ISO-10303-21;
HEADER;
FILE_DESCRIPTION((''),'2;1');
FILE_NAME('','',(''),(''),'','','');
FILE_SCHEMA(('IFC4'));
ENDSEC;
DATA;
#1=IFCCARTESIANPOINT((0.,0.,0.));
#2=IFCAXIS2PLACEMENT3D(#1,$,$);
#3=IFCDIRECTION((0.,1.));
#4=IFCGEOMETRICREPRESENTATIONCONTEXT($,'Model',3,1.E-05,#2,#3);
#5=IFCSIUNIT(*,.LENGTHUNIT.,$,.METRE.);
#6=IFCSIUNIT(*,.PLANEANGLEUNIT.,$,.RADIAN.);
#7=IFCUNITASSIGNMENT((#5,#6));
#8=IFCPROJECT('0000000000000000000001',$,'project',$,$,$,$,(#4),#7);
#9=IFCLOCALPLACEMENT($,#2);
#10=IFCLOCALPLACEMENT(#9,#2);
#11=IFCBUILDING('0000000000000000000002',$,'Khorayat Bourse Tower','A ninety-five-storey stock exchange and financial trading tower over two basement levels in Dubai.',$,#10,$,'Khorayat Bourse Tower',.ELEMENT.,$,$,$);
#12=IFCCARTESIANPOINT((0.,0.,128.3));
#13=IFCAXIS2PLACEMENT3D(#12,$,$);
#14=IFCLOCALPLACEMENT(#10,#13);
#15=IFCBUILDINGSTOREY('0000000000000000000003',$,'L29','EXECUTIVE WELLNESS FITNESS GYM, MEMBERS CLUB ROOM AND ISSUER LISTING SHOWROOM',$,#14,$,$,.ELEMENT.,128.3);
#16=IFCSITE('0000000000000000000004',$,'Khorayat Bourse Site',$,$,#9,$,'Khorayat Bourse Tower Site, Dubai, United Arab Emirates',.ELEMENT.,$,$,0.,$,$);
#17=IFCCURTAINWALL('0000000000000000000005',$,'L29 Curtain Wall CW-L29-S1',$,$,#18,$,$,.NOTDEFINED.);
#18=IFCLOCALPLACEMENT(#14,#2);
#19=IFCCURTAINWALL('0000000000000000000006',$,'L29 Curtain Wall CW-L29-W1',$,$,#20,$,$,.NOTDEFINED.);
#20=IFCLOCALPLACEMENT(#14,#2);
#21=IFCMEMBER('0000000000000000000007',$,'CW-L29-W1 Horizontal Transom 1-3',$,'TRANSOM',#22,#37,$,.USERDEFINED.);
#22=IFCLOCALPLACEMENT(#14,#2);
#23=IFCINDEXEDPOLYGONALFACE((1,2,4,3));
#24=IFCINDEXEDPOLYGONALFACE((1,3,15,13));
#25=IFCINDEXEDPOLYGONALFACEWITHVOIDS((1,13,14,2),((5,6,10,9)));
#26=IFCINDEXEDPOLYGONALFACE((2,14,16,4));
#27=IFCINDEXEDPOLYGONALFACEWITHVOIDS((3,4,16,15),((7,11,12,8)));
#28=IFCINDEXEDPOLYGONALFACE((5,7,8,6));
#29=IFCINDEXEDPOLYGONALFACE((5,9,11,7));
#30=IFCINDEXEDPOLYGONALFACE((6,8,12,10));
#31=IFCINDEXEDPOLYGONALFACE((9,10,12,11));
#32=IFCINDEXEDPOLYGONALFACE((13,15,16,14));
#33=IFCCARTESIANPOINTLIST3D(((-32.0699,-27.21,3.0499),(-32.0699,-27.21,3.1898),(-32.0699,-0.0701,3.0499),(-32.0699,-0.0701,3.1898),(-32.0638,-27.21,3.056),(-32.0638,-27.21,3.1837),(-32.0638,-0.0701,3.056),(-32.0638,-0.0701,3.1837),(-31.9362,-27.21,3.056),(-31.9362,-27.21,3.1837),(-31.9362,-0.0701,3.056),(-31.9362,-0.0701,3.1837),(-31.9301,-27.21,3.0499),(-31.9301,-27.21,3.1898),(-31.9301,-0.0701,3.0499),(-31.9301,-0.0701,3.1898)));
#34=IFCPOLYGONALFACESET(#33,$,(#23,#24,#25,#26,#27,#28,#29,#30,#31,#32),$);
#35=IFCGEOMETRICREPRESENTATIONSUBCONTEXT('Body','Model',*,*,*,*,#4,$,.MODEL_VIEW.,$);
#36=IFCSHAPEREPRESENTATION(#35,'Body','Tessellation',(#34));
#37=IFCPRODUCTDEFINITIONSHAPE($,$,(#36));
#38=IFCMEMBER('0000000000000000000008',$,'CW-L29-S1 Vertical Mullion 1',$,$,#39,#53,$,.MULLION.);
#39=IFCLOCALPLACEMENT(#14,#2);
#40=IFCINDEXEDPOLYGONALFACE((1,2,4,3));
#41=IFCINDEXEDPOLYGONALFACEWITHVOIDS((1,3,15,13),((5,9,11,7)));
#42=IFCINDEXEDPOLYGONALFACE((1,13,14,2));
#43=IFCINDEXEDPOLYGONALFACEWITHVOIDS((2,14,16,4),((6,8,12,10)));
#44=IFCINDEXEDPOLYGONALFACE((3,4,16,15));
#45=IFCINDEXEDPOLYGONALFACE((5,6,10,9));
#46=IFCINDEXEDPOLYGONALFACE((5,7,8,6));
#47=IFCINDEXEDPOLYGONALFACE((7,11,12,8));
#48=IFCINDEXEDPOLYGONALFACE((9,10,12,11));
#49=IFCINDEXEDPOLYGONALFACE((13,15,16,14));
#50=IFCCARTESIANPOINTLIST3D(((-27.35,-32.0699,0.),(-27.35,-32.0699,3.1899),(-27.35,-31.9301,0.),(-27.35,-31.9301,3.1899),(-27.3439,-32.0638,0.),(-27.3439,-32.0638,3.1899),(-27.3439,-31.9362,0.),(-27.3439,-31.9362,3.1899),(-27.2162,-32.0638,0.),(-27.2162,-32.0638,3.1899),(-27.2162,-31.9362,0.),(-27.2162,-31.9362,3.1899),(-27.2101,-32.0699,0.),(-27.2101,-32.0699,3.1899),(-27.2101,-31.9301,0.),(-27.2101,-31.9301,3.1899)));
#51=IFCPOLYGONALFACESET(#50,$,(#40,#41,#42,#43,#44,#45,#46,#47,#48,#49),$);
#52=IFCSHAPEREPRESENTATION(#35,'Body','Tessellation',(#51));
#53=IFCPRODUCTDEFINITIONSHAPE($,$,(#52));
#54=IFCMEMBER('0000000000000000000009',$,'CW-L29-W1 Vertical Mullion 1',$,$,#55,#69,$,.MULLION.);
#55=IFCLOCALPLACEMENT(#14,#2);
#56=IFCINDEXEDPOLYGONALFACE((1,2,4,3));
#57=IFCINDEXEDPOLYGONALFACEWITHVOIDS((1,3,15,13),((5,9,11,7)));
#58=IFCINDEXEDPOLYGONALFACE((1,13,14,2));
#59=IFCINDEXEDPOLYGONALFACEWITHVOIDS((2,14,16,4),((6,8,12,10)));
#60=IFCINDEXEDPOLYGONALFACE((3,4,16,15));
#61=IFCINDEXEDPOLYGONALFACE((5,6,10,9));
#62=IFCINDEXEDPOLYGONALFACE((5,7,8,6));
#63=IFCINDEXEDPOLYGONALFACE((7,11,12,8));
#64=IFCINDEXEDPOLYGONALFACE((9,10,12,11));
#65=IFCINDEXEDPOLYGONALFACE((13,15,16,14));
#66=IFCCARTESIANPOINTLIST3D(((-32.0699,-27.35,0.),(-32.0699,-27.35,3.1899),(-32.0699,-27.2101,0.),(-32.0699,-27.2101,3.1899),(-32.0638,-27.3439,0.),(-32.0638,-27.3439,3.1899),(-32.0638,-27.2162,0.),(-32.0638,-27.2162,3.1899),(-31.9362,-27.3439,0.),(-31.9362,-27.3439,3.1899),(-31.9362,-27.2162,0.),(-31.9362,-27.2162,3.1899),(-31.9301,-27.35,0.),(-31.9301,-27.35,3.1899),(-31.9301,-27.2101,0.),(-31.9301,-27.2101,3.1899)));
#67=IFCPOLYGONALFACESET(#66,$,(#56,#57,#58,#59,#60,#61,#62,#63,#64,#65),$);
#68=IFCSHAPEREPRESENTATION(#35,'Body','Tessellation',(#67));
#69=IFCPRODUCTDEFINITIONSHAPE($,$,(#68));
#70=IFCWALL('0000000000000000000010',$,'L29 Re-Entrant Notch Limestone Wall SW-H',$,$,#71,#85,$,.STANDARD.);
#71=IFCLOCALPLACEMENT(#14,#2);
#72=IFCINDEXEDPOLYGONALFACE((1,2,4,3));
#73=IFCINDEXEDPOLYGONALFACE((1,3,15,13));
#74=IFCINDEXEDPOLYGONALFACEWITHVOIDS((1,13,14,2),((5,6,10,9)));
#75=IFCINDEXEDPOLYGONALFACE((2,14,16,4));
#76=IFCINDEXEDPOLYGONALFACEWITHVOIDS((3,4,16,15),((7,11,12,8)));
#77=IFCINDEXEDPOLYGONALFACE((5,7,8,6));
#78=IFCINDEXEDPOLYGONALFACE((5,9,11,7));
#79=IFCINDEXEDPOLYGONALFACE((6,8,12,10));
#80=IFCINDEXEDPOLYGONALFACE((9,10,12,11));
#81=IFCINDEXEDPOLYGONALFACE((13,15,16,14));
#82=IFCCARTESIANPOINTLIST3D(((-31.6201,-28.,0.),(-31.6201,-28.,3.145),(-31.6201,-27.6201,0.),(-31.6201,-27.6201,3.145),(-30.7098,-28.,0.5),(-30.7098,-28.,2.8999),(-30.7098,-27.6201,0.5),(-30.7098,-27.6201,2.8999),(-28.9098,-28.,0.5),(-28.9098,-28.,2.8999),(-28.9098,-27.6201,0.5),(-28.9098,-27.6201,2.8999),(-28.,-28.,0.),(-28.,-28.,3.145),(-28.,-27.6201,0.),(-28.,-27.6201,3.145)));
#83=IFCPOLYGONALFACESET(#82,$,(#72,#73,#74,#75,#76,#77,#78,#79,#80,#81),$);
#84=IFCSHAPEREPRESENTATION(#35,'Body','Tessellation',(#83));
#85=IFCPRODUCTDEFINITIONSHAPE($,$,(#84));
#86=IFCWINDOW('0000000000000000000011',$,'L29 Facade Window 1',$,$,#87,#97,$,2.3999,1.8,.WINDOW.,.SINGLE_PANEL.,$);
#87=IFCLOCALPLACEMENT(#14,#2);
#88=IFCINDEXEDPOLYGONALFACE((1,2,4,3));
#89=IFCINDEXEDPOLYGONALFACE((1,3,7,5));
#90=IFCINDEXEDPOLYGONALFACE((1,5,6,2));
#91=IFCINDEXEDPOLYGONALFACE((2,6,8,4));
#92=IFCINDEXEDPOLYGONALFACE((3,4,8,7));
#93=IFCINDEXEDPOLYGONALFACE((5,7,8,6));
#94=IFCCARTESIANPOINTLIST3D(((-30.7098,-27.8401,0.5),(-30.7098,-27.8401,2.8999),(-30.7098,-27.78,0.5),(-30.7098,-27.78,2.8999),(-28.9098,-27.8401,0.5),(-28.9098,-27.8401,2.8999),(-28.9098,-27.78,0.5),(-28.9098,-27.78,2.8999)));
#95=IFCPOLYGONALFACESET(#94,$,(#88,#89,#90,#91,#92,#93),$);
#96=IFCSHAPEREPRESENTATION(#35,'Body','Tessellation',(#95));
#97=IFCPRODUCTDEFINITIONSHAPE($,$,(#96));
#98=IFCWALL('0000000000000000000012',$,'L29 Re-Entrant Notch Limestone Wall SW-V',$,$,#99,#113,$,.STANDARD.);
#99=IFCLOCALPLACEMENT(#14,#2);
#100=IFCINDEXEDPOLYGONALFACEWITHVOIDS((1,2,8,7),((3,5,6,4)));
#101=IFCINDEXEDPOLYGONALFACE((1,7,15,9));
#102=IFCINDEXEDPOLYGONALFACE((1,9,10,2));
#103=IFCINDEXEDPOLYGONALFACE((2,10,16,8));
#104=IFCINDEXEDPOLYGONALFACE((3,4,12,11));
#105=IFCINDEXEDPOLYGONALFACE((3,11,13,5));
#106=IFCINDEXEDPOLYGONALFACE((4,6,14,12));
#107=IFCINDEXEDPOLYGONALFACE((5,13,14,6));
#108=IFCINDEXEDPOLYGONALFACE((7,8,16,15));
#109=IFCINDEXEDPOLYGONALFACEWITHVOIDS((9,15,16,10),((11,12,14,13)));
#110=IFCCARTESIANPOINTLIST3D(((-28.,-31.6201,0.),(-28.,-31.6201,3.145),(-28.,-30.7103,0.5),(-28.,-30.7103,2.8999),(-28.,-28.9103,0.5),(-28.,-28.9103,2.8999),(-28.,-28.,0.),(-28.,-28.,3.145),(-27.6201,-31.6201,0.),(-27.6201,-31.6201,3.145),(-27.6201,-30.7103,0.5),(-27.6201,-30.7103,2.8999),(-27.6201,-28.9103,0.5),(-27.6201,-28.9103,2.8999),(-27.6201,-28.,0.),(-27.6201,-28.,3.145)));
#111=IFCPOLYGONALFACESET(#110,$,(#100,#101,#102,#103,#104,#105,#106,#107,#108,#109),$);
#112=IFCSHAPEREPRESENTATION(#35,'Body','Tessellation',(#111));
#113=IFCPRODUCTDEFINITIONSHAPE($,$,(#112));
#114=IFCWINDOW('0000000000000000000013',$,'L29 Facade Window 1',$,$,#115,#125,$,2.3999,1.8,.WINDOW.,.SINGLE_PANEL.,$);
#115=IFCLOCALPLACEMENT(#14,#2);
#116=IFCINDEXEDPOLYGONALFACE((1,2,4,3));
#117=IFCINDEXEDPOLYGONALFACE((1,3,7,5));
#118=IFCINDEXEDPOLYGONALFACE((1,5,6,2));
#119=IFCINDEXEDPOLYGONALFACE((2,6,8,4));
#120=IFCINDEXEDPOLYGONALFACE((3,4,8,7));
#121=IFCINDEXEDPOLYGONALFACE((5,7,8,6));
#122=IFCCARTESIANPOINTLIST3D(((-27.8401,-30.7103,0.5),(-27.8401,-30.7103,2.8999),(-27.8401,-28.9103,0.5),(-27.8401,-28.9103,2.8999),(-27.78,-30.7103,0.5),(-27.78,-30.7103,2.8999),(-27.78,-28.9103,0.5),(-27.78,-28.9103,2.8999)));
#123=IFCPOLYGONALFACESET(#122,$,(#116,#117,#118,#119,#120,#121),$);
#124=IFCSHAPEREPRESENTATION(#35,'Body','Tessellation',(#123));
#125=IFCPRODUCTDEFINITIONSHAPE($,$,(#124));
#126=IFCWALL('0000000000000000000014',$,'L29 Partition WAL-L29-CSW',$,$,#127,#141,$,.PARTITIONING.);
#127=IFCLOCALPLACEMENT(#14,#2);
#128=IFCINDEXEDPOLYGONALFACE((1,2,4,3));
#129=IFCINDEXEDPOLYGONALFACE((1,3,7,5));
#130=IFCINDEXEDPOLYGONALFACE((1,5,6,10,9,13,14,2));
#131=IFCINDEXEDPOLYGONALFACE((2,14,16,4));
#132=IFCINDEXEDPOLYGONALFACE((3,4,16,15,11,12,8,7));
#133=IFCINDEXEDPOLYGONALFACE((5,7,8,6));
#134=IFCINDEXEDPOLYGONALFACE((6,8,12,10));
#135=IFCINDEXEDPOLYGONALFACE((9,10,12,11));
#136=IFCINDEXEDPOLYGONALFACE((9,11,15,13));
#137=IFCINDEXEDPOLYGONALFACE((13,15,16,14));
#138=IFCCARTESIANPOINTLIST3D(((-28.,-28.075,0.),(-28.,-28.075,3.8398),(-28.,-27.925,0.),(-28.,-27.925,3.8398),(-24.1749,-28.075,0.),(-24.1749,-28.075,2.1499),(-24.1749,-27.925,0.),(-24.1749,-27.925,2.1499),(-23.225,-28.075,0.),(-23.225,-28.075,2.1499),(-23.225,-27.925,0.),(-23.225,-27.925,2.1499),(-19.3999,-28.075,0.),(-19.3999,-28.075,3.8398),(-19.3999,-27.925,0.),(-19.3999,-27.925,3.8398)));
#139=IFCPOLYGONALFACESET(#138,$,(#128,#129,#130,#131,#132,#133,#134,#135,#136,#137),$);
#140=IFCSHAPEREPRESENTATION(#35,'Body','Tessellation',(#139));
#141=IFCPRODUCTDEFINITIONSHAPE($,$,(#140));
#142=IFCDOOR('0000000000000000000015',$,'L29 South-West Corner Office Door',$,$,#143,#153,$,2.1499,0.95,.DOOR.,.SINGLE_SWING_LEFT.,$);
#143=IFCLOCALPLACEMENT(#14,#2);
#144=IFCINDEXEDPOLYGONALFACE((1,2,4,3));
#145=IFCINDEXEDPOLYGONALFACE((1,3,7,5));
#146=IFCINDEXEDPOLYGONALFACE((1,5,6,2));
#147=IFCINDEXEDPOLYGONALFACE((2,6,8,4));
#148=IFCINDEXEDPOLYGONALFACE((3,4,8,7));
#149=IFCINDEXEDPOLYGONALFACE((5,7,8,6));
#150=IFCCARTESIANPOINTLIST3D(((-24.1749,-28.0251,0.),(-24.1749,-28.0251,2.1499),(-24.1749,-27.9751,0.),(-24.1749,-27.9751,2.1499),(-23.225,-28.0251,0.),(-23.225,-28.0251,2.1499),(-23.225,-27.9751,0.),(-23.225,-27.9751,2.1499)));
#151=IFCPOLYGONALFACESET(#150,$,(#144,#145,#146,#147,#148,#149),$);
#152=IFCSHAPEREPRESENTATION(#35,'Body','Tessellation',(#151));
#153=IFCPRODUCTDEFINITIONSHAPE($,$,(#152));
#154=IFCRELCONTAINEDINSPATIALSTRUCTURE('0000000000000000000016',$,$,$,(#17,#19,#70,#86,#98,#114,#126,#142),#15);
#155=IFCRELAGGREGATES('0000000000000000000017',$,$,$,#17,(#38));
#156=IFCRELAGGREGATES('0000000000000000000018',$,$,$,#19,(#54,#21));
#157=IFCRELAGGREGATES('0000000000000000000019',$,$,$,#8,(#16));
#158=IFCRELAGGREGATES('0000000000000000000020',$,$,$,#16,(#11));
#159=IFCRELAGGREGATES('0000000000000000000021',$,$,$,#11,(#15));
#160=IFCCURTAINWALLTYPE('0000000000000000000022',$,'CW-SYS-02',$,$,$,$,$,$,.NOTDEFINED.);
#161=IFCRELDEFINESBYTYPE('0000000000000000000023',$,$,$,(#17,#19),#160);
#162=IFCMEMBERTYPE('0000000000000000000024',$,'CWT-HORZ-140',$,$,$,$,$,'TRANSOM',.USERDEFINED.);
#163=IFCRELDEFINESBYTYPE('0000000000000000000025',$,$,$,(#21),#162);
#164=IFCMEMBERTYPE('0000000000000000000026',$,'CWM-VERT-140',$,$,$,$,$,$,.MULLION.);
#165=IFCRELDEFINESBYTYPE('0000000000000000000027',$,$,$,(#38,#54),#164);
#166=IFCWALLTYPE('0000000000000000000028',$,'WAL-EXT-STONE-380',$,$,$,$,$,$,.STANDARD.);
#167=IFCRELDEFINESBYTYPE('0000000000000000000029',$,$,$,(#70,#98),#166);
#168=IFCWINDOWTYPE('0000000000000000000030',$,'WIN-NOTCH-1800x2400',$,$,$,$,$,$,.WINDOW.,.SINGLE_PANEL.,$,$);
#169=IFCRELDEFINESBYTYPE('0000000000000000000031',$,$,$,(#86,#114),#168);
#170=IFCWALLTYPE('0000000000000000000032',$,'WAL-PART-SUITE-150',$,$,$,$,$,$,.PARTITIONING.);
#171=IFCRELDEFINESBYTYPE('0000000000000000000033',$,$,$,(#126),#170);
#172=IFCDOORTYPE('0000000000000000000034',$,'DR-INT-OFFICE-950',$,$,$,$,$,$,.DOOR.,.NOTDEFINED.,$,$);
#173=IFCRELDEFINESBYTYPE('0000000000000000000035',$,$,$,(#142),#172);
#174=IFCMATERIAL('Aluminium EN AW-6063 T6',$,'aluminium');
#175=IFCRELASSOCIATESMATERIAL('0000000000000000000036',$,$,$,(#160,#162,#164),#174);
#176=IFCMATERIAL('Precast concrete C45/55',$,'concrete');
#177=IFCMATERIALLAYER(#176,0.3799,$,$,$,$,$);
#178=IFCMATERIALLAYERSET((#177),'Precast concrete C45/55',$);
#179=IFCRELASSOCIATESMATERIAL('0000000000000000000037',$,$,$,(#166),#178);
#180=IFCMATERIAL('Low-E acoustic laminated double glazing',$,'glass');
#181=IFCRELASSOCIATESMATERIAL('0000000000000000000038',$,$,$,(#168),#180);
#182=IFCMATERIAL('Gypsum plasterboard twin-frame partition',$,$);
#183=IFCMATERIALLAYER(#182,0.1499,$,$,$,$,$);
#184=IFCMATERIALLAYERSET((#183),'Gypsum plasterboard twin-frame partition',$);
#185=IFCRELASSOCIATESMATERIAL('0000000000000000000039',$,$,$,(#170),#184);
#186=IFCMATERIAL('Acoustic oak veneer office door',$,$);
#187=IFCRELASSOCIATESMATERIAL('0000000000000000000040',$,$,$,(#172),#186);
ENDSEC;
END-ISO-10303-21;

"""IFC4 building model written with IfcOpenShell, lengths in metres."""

from ifc_helpers import new_model, si_unit, direction, frame, frame_2d, origin, origin_2d, place, context, subcontext, project, spatial, rectangle, hollow_rectangle, extrude, source, transform, mapped, material, layer, layer_set, material_profile, profile_set, type_object, element, fill, aggregate, save


model = new_model("IFC4")

# Units and contexts
model_context = context("Model", 3, precision=1e-05, world=origin(), true_north=direction((0.0, 1.0)))
body_context = subcontext(model_context, "Body", "Model", "MODEL_VIEW")
ifc_project = project(units=[si_unit("LENGTHUNIT", "METRE"), si_unit("PLANEANGLEUNIT", "RADIAN")], contexts=[model_context])

# Site, building, storey
site_placement = place(None, origin())
site = spatial("IfcSite", under=ifc_project, at=site_placement, Name="Khorayat Bourse Site", LongName="Khorayat Bourse Tower Site, Dubai, United Arab Emirates", CompositionType="ELEMENT", RefElevation=0.0)
building_placement = place(site_placement, origin())
building = spatial("IfcBuilding", under=site, at=building_placement, Name="Khorayat Bourse Tower", Description="A ninety-five-storey stock exchange and financial trading tower over two basement levels in Dubai.", LongName="Khorayat Bourse Tower", CompositionType="ELEMENT")
storey_placement = place(building_placement, frame((0.0, 0.0, 128.3)))
storey = spatial("IfcBuildingStorey", under=building, at=storey_placement, Name="L29", Description="EXECUTIVE WELLNESS FITNESS GYM, MEMBERS CLUB ROOM AND ISSUER LISTING SHOWROOM", CompositionType="ELEMENT", Elevation=128.3)

# Curtain walls, member
ifc_material_1 = material(Name="Aluminium EN AW-6063 T6", Category="aluminium")
curtain_wall_type = type_object("IfcCurtainWallType", Name="CW-SYS-02", PredefinedType="NOTDEFINED", material=ifc_material_1)
curtain_wall_1_placement = place(storey_placement, origin())
curtain_wall_1 = element("IfcCurtainWall", 1, at=curtain_wall_1_placement, inside=storey, type_object=curtain_wall_type, Name="L29 Curtain Wall CW-L29-S1", PredefinedType="NOTDEFINED")
ifc_material_profile_1 = material_profile(ifc_material_1, hollow_rectangle(XDim=0.1399, YDim=0.1399, WallThickness=0.0061, at=origin_2d()), Name="ALU 140x140x6")
ifc_profile_set_1 = profile_set([ifc_material_profile_1], Name="Aluminium EN AW-6063 T6")
member_type_1 = type_object("IfcMemberType", Name="CWT-HORZ-140", ElementType="TRANSOM", PredefinedType="USERDEFINED", material=ifc_profile_set_1)
shared_shape_1 = source(origin(), body_context, "Body", "SweptSolid", [
    extrude(hollow_rectangle(XDim=0.1399, YDim=0.1399, WallThickness=0.0061, at=origin_2d()), origin(), (0.0, 0.0, 1.0), 27.1399),
])
curtain_wall_2_placement = place(storey_placement, origin())
curtain_wall_2 = element("IfcCurtainWall", 2, at=curtain_wall_2_placement, inside=storey, type_object=curtain_wall_type, Name="L29 Curtain Wall CW-L29-W1", PredefinedType="NOTDEFINED")
member_1_placement = place(storey_placement, frame((-32.0, -27.21, 3.1199), z_axis=(0.0, 1.0, 0.0), x_axis=(-1.0, 0.0, 0.0)))
member_1 = element("IfcMember", 3, at=member_1_placement, type_object=member_type_1, Name="CW-L29-W1 Horizontal Transom 1-3", ObjectType="TRANSOM", PredefinedType="USERDEFINED", context=body_context, shape_type="MappedRepresentation", body=[
    mapped(shared_shape_1, transform((0.0, 0.0, 0.0), scale=1.0)),
])

# Members
ifc_material_profile_2 = material_profile(ifc_material_1, hollow_rectangle(XDim=0.1399, YDim=0.1399, WallThickness=0.0061, at=origin_2d()), Name="ALU 140x140x6")
ifc_profile_set_2 = profile_set([ifc_material_profile_2], Name="Aluminium EN AW-6063 T6")
member_type_2 = type_object("IfcMemberType", Name="CWM-VERT-140", PredefinedType="MULLION", material=ifc_profile_set_2)
shared_shape_2 = source(origin(), body_context, "Body", "SweptSolid", [
    extrude(hollow_rectangle(XDim=0.1399, YDim=0.1399, WallThickness=0.0061, at=origin_2d()), origin(), (0.0, 0.0, 1.0), 3.1899),
])
member_2_placement = place(storey_placement, frame((-27.28, -32.0, 0.0), z_axis=(0.0, 0.0, 1.0), x_axis=(0.0, 1.0, 0.0)))
member_2 = element("IfcMember", 4, at=member_2_placement, type_object=member_type_2, Name="CW-L29-S1 Vertical Mullion 1", PredefinedType="MULLION", context=body_context, shape_type="MappedRepresentation", body=[
    mapped(shared_shape_2, transform((0.0, 0.0, 0.0), scale=1.0)),
])
aggregate(curtain_wall_1, [member_2])
member_3_placement = place(storey_placement, frame((-32.0, -27.28, 0.0), z_axis=(0.0, 0.0, 1.0), x_axis=(-1.0, 0.0, 0.0)))
member_3 = element("IfcMember", 5, at=member_3_placement, type_object=member_type_2, Name="CW-L29-W1 Vertical Mullion 1", PredefinedType="MULLION", context=body_context, shape_type="MappedRepresentation", body=[
    mapped(shared_shape_2, transform((0.0, 0.0, 0.0), scale=1.0)),
])
aggregate(curtain_wall_2, [member_3, member_1])

# Walls, openings, windows
ifc_material_2 = material(Name="Precast concrete C45/55", Category="concrete")
ifc_layer_1 = layer(ifc_material_2, 0.3799)
ifc_layer_set_1 = layer_set([ifc_layer_1], Name="Precast concrete C45/55")
wall_type_1 = type_object("IfcWallType", Name="WAL-EXT-STONE-380", PredefinedType="STANDARD", material=ifc_layer_set_1)
shared_shape_3 = source(origin(), body_context, "Body", "SweptSolid", [
    extrude(rectangle(XDim=3.6201, YDim=0.3799, at=frame_2d((1.8101, 0.0))), origin(), (0.0, 0.0, 1.0), 3.145),
])
wall_1_placement = place(storey_placement, frame((-28.0, -27.8101, 0.0), z_axis=(0.0, 0.0, 1.0), x_axis=(-1.0, 0.0, 0.0)))
wall_1 = element("IfcWall", 6, at=wall_1_placement, inside=storey, type_object=wall_type_1, Name="L29 Re-Entrant Notch Limestone Wall SW-H", PredefinedType="STANDARD", context=body_context, shape_type="MappedRepresentation", body=[
    mapped(shared_shape_3, transform((0.0, 0.0, 0.0), scale=1.0)),
])
shared_shape_4 = source(origin(), body_context, "Body", "SweptSolid", [
    extrude(rectangle(XDim=1.8, YDim=2.3999, at=frame_2d((0.8999, 1.2))), frame((0.0, 0.2, 0.0), z_axis=(0.0, -1.0, 0.0), x_axis=(1.0, 0.0, 0.0)), (0.0, 0.0, 1.0), 0.3999),
])
opening_1_placement = place(wall_1_placement, frame((0.9099, 0.0, 0.5)))
opening_1 = element("IfcOpeningElement", 7, at=opening_1_placement, cuts=wall_1, PredefinedType="OPENING", context=body_context, shape_type="MappedRepresentation", body=[
    mapped(shared_shape_4, transform((0.0, 0.0, 0.0), scale=1.0)),
])
ifc_material_3 = material(Name="Low-E acoustic laminated double glazing", Category="glass")
window_type = type_object("IfcWindowType", Name="WIN-NOTCH-1800x2400", PartitioningType="SINGLE_PANEL", PredefinedType="WINDOW", material=ifc_material_3)
shared_shape_5 = source(origin(), body_context, "Body", "SweptSolid", [
    extrude(rectangle(XDim=1.8, YDim=2.3999, at=frame_2d((0.8999, 1.2))), frame((0.0, 0.03, 0.0), z_axis=(0.0, -1.0, 0.0), x_axis=(1.0, 0.0, 0.0)), (0.0, 0.0, 1.0), 0.0601),
])
window_1_placement = place(opening_1_placement, origin())
window_1 = element("IfcWindow", 8, at=window_1_placement, inside=storey, type_object=window_type, Name="L29 Facade Window 1", OverallHeight=2.3999, OverallWidth=1.8, PartitioningType="SINGLE_PANEL", PredefinedType="WINDOW", context=body_context, shape_type="MappedRepresentation", body=[
    mapped(shared_shape_5, transform((0.0, 0.0, 0.0), scale=1.0)),
])
fill(opening_1, window_1)
wall_2_placement = place(storey_placement, frame((-27.8101, -31.6201, 0.0), z_axis=(0.0, 0.0, 1.0), x_axis=(0.0, 1.0, 0.0)))
wall_2 = element("IfcWall", 9, at=wall_2_placement, inside=storey, type_object=wall_type_1, Name="L29 Re-Entrant Notch Limestone Wall SW-V", PredefinedType="STANDARD", context=body_context, shape_type="MappedRepresentation", body=[
    mapped(shared_shape_3, transform((0.0, 0.0, 0.0), scale=1.0)),
])
opening_2_placement = place(wall_2_placement, frame((0.9099, 0.0, 0.5)))
opening_2 = element("IfcOpeningElement", 10, at=opening_2_placement, cuts=wall_2, PredefinedType="OPENING", context=body_context, shape_type="MappedRepresentation", body=[
    mapped(shared_shape_4, transform((0.0, 0.0, 0.0), scale=1.0)),
])
window_2_placement = place(opening_2_placement, origin())
window_2 = element("IfcWindow", 11, at=window_2_placement, inside=storey, type_object=window_type, Name="L29 Facade Window 1", OverallHeight=2.3999, OverallWidth=1.8, PartitioningType="SINGLE_PANEL", PredefinedType="WINDOW", context=body_context, shape_type="MappedRepresentation", body=[
    mapped(shared_shape_5, transform((0.0, 0.0, 0.0), scale=1.0)),
])
fill(opening_2, window_2)

# Wall, opening, door
ifc_material_4 = material(Name="Gypsum plasterboard twin-frame partition")
ifc_layer_2 = layer(ifc_material_4, 0.1499)
ifc_layer_set_2 = layer_set([ifc_layer_2], Name="Gypsum plasterboard twin-frame partition")
wall_type_2 = type_object("IfcWallType", Name="WAL-PART-SUITE-150", PredefinedType="PARTITIONING", material=ifc_layer_set_2)
shared_shape_6 = source(origin(), body_context, "Body", "SweptSolid", [
    extrude(rectangle(XDim=8.6001, YDim=0.1499, at=frame_2d((4.3, 0.0))), origin(), (0.0, 0.0, 1.0), 3.8398),
])
wall_3_placement = place(storey_placement, frame((-28.0, -28.0, 0.0), z_axis=(0.0, 0.0, 1.0), x_axis=(1.0, 0.0, 0.0)))
wall_3 = element("IfcWall", 12, at=wall_3_placement, inside=storey, type_object=wall_type_2, Name="L29 Partition WAL-L29-CSW", PredefinedType="PARTITIONING", context=body_context, shape_type="MappedRepresentation", body=[
    mapped(shared_shape_6, transform((0.0, 0.0, 0.0), scale=1.0)),
])
shared_shape_7 = source(origin(), body_context, "Body", "SweptSolid", [
    extrude(rectangle(XDim=0.95, YDim=2.1499, at=frame_2d((0.4751, 1.075))), frame((0.0, 0.085, 0.0), z_axis=(0.0, -1.0, 0.0), x_axis=(1.0, 0.0, 0.0)), (0.0, 0.0, 1.0), 0.1699),
])
opening_3_placement = place(wall_3_placement, frame((3.825, 0.0, 0.0)))
opening_3 = element("IfcOpeningElement", 13, at=opening_3_placement, cuts=wall_3, PredefinedType="OPENING", context=body_context, shape_type="MappedRepresentation", body=[
    mapped(shared_shape_7, transform((0.0, 0.0, 0.0), scale=1.0)),
])
ifc_material_5 = material(Name="Acoustic oak veneer office door")
door_type = type_object("IfcDoorType", Name="DR-INT-OFFICE-950", OperationType="NOTDEFINED", PredefinedType="DOOR", material=ifc_material_5)
shared_shape_8 = source(origin(), body_context, "Body", "SweptSolid", [
    extrude(rectangle(XDim=0.95, YDim=2.1499, at=frame_2d((0.4751, 1.075))), frame((0.0, 0.0249, 0.0), z_axis=(0.0, -1.0, 0.0), x_axis=(1.0, 0.0, 0.0)), (0.0, 0.0, 1.0), 0.05),
])
door_1_placement = place(opening_3_placement, origin())
door_1 = element("IfcDoor", 14, at=door_1_placement, inside=storey, type_object=door_type, Name="L29 South-West Corner Office Door", OperationType="SINGLE_SWING_LEFT", OverallHeight=2.1499, OverallWidth=0.95, PredefinedType="DOOR", context=body_context, shape_type="MappedRepresentation", body=[
    mapped(shared_shape_8, transform((0.0, 0.0, 0.0), scale=1.0)),
])
fill(opening_3, door_1)

save(model, "model.ifc")
